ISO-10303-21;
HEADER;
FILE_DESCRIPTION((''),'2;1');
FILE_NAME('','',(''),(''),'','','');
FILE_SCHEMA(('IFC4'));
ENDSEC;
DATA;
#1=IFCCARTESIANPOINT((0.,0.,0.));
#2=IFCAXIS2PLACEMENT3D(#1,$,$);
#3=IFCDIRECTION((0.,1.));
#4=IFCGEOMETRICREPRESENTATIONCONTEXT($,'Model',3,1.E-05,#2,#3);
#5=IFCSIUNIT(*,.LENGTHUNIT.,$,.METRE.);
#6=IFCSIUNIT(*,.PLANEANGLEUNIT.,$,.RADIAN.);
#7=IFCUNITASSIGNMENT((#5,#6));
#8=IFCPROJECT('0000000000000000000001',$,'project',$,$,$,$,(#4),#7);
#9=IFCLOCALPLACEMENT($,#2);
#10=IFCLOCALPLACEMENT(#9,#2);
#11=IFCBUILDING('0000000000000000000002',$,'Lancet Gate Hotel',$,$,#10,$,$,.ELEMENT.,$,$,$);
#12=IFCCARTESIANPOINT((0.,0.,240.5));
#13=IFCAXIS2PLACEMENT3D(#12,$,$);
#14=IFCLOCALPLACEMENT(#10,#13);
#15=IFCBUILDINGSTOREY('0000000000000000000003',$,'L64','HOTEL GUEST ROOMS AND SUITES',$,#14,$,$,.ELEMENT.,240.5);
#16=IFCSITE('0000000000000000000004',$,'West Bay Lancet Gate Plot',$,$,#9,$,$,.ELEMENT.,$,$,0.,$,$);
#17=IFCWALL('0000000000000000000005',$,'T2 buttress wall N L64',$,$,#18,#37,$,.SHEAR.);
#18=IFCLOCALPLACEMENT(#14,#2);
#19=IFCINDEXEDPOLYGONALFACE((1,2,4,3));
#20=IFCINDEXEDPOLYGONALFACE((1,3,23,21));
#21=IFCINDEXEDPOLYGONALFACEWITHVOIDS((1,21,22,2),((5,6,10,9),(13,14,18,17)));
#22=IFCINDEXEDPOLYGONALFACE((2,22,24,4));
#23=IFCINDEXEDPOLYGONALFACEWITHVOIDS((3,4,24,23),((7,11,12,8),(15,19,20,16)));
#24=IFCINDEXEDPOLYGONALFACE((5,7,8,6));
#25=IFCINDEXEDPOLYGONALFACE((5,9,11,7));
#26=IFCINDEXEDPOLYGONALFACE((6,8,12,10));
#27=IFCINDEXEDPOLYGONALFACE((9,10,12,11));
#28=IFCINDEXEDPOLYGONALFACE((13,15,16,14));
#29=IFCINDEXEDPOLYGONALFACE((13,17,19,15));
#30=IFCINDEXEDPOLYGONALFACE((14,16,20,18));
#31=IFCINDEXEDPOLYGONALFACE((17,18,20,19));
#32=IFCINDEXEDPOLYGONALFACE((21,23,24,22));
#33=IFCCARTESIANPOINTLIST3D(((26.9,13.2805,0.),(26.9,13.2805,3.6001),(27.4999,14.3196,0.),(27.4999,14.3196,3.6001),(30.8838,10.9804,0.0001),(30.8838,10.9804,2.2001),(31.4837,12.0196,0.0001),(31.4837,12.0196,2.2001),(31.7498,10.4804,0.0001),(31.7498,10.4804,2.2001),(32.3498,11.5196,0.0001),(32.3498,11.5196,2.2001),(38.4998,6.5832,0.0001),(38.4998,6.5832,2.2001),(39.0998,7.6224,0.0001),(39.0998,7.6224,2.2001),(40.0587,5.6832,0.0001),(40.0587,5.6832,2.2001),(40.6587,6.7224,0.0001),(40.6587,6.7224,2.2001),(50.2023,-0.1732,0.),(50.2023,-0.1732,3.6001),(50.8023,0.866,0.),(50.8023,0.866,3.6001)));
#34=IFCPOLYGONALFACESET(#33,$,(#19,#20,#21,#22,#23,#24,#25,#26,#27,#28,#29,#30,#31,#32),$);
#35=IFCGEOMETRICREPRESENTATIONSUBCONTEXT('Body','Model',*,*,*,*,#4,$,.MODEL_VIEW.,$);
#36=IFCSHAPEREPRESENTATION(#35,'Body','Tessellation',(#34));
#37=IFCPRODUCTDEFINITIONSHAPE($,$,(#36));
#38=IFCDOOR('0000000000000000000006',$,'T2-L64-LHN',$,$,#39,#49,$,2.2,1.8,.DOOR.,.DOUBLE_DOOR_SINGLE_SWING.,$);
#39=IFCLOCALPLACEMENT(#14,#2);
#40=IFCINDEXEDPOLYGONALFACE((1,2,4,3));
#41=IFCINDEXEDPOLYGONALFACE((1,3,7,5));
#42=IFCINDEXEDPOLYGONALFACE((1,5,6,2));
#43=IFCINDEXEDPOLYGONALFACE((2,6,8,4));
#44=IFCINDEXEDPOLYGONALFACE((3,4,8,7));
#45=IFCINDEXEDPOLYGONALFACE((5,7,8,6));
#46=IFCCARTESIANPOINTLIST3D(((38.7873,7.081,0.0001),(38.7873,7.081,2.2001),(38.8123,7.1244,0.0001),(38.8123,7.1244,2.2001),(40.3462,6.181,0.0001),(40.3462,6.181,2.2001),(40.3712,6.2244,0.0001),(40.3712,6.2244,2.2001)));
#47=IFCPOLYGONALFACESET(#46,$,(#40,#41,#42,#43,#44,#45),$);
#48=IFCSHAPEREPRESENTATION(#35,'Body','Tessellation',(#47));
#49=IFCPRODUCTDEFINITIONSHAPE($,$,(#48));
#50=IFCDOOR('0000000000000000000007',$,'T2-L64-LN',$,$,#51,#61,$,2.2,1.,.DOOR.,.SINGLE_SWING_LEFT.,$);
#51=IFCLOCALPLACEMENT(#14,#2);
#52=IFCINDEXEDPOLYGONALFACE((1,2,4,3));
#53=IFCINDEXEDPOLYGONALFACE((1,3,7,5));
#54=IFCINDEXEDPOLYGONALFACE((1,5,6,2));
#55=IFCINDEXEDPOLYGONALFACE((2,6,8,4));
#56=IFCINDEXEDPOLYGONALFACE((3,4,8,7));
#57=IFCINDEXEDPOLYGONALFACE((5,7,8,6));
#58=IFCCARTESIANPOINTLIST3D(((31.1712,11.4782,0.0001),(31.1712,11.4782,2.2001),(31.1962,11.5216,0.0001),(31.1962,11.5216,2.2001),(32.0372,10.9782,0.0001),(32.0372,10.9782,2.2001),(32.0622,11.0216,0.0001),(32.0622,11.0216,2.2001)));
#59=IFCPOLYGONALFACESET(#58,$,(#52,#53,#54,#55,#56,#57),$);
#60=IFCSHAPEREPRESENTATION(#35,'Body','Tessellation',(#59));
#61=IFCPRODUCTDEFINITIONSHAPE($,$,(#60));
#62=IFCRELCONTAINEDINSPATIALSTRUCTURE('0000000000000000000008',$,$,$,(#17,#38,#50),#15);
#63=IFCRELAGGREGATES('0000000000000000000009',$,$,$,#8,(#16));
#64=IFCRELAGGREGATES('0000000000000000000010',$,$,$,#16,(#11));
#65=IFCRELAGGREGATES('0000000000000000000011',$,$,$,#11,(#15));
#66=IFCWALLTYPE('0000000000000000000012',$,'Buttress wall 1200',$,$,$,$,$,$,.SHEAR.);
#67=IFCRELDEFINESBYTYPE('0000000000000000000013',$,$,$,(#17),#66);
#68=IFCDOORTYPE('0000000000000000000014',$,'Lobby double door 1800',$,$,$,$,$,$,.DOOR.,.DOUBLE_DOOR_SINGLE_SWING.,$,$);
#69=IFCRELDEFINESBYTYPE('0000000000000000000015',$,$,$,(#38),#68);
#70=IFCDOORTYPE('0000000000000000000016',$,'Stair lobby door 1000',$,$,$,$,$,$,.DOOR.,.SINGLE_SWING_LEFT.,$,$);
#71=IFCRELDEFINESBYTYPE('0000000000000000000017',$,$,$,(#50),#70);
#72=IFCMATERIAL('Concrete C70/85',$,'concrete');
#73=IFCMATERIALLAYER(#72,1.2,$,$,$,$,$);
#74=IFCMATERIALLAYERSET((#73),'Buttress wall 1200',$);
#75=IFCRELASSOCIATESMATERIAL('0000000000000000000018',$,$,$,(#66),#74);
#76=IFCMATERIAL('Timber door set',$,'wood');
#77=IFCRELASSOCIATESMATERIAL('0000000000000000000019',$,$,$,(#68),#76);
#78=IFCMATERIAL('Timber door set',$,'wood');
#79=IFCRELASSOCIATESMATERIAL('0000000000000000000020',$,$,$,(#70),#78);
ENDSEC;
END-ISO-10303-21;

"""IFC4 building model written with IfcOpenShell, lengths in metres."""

from ifc_helpers import new_model, si_unit, direction, frame, frame_2d, origin, place, context, subcontext, project, spatial, rectangle, extrude, material, layer, layer_set, type_object, element, fill, save


model = new_model("IFC4")

# Units and contexts
model_context = context("Model", 3, precision=1e-05, world=origin(), true_north=direction((0.0, 1.0)))
body_context = subcontext(model_context, "Body", "Model", "MODEL_VIEW")
ifc_project = project(units=[si_unit("LENGTHUNIT", "METRE"), si_unit("PLANEANGLEUNIT", "RADIAN")], contexts=[model_context])

# Site, building, storey
site_placement = place(None, origin())
site = spatial("IfcSite", under=ifc_project, at=site_placement, Name="West Bay Lancet Gate Plot", CompositionType="ELEMENT", RefElevation=0.0)
building_placement = place(site_placement, origin())
building = spatial("IfcBuilding", under=site, at=building_placement, Name="Lancet Gate Hotel", CompositionType="ELEMENT")
storey_placement = place(building_placement, frame((0.0, 0.0, 240.5)))
storey = spatial("IfcBuildingStorey", under=building, at=storey_placement, Name="L64", Description="HOTEL GUEST ROOMS AND SUITES", CompositionType="ELEMENT", Elevation=240.5)

# Wall, openings, doors
ifc_material_1 = material(Name="Concrete C70/85", Category="concrete")
ifc_layer_1 = layer(ifc_material_1, 1.2)
ifc_layer_set_1 = layer_set([ifc_layer_1], Name="Buttress wall 1200")
wall_type = type_object("IfcWallType", Name="Buttress wall 1200", PredefinedType="SHEAR", material=ifc_layer_set_1)
wall_placement = place(storey_placement, frame((27.2, 13.8, 0.0), z_axis=(0.0, 0.0, 1.0), x_axis=(0.866025, -0.500002, 0.0)))
wall = element("IfcWall", 1, at=wall_placement, inside=storey, type_object=wall_type, Name="T2 buttress wall N L64", PredefinedType="SHEAR", context=body_context, shape_type="SweptSolid", body=[
    extrude(rectangle(XDim=26.9072, YDim=1.2, at=frame_2d((13.4536, 0.0))), origin(), (0.0, 0.0, 1.0), 3.6001),
])
opening_1_placement = place(wall_placement, frame((4.6001, 0.0, 0.0)))
opening_1 = element("IfcOpeningElement", 2, at=opening_1_placement, cuts=wall, PredefinedType="OPENING", context=body_context, shape_type="SweptSolid", body=[
    extrude(rectangle(XDim=1.0, YDim=2.2, at=frame_2d((0.5, 1.1001))), frame((0.0, 0.6099, 0.0), z_axis=(0.0, -1.0, 0.0), x_axis=(1.0, 0.0, 0.0)), (0.0, 0.0, 1.0), 1.22),
])
opening_2_placement = place(wall_placement, frame((13.3945, 0.0, 0.0)))
opening_2 = element("IfcOpeningElement", 3, at=opening_2_placement, cuts=wall, PredefinedType="OPENING", context=body_context, shape_type="SweptSolid", body=[
    extrude(rectangle(XDim=1.8, YDim=2.2, at=frame_2d((0.8999, 1.1001))), frame((0.0, 0.6099, 0.0), z_axis=(0.0, -1.0, 0.0), x_axis=(1.0, 0.0, 0.0)), (0.0, 0.0, 1.0), 1.22),
])
ifc_material_2 = material(Name="Timber door set", Category="wood")
door_type_1 = type_object("IfcDoorType", Name="Lobby double door 1800", OperationType="DOUBLE_DOOR_SINGLE_SWING", PredefinedType="DOOR", material=ifc_material_2)
door_1_placement = place(opening_2_placement, origin())
door_1 = element("IfcDoor", 4, at=door_1_placement, inside=storey, type_object=door_type_1, Name="T2-L64-LHN", OperationType="DOUBLE_DOOR_SINGLE_SWING", OverallHeight=2.2, OverallWidth=1.8, PredefinedType="DOOR", context=body_context, shape_type="SweptSolid", body=[
    extrude(rectangle(XDim=1.8, YDim=2.2, at=frame_2d((0.8999, 1.1001))), frame((0.0, 0.0249, 0.0), z_axis=(0.0, -1.0, 0.0), x_axis=(1.0, 0.0, 0.0)), (0.0, 0.0, 1.0), 0.05),
])
fill(opening_2, door_1)
ifc_material_3 = material(Name="Timber door set", Category="wood")
door_type_2 = type_object("IfcDoorType", Name="Stair lobby door 1000", OperationType="SINGLE_SWING_LEFT", PredefinedType="DOOR", material=ifc_material_3)
door_2_placement = place(opening_1_placement, origin())
door_2 = element("IfcDoor", 5, at=door_2_placement, inside=storey, type_object=door_type_2, Name="T2-L64-LN", OperationType="SINGLE_SWING_LEFT", OverallHeight=2.2, OverallWidth=1.0, PredefinedType="DOOR", context=body_context, shape_type="SweptSolid", body=[
    extrude(rectangle(XDim=1.0, YDim=2.2, at=frame_2d((0.5, 1.1001))), frame((0.0, 0.0249, 0.0), z_axis=(0.0, -1.0, 0.0), x_axis=(1.0, 0.0, 0.0)), (0.0, 0.0, 1.0), 0.05),
])
fill(opening_1, door_2)

save(model, "model.ifc")
